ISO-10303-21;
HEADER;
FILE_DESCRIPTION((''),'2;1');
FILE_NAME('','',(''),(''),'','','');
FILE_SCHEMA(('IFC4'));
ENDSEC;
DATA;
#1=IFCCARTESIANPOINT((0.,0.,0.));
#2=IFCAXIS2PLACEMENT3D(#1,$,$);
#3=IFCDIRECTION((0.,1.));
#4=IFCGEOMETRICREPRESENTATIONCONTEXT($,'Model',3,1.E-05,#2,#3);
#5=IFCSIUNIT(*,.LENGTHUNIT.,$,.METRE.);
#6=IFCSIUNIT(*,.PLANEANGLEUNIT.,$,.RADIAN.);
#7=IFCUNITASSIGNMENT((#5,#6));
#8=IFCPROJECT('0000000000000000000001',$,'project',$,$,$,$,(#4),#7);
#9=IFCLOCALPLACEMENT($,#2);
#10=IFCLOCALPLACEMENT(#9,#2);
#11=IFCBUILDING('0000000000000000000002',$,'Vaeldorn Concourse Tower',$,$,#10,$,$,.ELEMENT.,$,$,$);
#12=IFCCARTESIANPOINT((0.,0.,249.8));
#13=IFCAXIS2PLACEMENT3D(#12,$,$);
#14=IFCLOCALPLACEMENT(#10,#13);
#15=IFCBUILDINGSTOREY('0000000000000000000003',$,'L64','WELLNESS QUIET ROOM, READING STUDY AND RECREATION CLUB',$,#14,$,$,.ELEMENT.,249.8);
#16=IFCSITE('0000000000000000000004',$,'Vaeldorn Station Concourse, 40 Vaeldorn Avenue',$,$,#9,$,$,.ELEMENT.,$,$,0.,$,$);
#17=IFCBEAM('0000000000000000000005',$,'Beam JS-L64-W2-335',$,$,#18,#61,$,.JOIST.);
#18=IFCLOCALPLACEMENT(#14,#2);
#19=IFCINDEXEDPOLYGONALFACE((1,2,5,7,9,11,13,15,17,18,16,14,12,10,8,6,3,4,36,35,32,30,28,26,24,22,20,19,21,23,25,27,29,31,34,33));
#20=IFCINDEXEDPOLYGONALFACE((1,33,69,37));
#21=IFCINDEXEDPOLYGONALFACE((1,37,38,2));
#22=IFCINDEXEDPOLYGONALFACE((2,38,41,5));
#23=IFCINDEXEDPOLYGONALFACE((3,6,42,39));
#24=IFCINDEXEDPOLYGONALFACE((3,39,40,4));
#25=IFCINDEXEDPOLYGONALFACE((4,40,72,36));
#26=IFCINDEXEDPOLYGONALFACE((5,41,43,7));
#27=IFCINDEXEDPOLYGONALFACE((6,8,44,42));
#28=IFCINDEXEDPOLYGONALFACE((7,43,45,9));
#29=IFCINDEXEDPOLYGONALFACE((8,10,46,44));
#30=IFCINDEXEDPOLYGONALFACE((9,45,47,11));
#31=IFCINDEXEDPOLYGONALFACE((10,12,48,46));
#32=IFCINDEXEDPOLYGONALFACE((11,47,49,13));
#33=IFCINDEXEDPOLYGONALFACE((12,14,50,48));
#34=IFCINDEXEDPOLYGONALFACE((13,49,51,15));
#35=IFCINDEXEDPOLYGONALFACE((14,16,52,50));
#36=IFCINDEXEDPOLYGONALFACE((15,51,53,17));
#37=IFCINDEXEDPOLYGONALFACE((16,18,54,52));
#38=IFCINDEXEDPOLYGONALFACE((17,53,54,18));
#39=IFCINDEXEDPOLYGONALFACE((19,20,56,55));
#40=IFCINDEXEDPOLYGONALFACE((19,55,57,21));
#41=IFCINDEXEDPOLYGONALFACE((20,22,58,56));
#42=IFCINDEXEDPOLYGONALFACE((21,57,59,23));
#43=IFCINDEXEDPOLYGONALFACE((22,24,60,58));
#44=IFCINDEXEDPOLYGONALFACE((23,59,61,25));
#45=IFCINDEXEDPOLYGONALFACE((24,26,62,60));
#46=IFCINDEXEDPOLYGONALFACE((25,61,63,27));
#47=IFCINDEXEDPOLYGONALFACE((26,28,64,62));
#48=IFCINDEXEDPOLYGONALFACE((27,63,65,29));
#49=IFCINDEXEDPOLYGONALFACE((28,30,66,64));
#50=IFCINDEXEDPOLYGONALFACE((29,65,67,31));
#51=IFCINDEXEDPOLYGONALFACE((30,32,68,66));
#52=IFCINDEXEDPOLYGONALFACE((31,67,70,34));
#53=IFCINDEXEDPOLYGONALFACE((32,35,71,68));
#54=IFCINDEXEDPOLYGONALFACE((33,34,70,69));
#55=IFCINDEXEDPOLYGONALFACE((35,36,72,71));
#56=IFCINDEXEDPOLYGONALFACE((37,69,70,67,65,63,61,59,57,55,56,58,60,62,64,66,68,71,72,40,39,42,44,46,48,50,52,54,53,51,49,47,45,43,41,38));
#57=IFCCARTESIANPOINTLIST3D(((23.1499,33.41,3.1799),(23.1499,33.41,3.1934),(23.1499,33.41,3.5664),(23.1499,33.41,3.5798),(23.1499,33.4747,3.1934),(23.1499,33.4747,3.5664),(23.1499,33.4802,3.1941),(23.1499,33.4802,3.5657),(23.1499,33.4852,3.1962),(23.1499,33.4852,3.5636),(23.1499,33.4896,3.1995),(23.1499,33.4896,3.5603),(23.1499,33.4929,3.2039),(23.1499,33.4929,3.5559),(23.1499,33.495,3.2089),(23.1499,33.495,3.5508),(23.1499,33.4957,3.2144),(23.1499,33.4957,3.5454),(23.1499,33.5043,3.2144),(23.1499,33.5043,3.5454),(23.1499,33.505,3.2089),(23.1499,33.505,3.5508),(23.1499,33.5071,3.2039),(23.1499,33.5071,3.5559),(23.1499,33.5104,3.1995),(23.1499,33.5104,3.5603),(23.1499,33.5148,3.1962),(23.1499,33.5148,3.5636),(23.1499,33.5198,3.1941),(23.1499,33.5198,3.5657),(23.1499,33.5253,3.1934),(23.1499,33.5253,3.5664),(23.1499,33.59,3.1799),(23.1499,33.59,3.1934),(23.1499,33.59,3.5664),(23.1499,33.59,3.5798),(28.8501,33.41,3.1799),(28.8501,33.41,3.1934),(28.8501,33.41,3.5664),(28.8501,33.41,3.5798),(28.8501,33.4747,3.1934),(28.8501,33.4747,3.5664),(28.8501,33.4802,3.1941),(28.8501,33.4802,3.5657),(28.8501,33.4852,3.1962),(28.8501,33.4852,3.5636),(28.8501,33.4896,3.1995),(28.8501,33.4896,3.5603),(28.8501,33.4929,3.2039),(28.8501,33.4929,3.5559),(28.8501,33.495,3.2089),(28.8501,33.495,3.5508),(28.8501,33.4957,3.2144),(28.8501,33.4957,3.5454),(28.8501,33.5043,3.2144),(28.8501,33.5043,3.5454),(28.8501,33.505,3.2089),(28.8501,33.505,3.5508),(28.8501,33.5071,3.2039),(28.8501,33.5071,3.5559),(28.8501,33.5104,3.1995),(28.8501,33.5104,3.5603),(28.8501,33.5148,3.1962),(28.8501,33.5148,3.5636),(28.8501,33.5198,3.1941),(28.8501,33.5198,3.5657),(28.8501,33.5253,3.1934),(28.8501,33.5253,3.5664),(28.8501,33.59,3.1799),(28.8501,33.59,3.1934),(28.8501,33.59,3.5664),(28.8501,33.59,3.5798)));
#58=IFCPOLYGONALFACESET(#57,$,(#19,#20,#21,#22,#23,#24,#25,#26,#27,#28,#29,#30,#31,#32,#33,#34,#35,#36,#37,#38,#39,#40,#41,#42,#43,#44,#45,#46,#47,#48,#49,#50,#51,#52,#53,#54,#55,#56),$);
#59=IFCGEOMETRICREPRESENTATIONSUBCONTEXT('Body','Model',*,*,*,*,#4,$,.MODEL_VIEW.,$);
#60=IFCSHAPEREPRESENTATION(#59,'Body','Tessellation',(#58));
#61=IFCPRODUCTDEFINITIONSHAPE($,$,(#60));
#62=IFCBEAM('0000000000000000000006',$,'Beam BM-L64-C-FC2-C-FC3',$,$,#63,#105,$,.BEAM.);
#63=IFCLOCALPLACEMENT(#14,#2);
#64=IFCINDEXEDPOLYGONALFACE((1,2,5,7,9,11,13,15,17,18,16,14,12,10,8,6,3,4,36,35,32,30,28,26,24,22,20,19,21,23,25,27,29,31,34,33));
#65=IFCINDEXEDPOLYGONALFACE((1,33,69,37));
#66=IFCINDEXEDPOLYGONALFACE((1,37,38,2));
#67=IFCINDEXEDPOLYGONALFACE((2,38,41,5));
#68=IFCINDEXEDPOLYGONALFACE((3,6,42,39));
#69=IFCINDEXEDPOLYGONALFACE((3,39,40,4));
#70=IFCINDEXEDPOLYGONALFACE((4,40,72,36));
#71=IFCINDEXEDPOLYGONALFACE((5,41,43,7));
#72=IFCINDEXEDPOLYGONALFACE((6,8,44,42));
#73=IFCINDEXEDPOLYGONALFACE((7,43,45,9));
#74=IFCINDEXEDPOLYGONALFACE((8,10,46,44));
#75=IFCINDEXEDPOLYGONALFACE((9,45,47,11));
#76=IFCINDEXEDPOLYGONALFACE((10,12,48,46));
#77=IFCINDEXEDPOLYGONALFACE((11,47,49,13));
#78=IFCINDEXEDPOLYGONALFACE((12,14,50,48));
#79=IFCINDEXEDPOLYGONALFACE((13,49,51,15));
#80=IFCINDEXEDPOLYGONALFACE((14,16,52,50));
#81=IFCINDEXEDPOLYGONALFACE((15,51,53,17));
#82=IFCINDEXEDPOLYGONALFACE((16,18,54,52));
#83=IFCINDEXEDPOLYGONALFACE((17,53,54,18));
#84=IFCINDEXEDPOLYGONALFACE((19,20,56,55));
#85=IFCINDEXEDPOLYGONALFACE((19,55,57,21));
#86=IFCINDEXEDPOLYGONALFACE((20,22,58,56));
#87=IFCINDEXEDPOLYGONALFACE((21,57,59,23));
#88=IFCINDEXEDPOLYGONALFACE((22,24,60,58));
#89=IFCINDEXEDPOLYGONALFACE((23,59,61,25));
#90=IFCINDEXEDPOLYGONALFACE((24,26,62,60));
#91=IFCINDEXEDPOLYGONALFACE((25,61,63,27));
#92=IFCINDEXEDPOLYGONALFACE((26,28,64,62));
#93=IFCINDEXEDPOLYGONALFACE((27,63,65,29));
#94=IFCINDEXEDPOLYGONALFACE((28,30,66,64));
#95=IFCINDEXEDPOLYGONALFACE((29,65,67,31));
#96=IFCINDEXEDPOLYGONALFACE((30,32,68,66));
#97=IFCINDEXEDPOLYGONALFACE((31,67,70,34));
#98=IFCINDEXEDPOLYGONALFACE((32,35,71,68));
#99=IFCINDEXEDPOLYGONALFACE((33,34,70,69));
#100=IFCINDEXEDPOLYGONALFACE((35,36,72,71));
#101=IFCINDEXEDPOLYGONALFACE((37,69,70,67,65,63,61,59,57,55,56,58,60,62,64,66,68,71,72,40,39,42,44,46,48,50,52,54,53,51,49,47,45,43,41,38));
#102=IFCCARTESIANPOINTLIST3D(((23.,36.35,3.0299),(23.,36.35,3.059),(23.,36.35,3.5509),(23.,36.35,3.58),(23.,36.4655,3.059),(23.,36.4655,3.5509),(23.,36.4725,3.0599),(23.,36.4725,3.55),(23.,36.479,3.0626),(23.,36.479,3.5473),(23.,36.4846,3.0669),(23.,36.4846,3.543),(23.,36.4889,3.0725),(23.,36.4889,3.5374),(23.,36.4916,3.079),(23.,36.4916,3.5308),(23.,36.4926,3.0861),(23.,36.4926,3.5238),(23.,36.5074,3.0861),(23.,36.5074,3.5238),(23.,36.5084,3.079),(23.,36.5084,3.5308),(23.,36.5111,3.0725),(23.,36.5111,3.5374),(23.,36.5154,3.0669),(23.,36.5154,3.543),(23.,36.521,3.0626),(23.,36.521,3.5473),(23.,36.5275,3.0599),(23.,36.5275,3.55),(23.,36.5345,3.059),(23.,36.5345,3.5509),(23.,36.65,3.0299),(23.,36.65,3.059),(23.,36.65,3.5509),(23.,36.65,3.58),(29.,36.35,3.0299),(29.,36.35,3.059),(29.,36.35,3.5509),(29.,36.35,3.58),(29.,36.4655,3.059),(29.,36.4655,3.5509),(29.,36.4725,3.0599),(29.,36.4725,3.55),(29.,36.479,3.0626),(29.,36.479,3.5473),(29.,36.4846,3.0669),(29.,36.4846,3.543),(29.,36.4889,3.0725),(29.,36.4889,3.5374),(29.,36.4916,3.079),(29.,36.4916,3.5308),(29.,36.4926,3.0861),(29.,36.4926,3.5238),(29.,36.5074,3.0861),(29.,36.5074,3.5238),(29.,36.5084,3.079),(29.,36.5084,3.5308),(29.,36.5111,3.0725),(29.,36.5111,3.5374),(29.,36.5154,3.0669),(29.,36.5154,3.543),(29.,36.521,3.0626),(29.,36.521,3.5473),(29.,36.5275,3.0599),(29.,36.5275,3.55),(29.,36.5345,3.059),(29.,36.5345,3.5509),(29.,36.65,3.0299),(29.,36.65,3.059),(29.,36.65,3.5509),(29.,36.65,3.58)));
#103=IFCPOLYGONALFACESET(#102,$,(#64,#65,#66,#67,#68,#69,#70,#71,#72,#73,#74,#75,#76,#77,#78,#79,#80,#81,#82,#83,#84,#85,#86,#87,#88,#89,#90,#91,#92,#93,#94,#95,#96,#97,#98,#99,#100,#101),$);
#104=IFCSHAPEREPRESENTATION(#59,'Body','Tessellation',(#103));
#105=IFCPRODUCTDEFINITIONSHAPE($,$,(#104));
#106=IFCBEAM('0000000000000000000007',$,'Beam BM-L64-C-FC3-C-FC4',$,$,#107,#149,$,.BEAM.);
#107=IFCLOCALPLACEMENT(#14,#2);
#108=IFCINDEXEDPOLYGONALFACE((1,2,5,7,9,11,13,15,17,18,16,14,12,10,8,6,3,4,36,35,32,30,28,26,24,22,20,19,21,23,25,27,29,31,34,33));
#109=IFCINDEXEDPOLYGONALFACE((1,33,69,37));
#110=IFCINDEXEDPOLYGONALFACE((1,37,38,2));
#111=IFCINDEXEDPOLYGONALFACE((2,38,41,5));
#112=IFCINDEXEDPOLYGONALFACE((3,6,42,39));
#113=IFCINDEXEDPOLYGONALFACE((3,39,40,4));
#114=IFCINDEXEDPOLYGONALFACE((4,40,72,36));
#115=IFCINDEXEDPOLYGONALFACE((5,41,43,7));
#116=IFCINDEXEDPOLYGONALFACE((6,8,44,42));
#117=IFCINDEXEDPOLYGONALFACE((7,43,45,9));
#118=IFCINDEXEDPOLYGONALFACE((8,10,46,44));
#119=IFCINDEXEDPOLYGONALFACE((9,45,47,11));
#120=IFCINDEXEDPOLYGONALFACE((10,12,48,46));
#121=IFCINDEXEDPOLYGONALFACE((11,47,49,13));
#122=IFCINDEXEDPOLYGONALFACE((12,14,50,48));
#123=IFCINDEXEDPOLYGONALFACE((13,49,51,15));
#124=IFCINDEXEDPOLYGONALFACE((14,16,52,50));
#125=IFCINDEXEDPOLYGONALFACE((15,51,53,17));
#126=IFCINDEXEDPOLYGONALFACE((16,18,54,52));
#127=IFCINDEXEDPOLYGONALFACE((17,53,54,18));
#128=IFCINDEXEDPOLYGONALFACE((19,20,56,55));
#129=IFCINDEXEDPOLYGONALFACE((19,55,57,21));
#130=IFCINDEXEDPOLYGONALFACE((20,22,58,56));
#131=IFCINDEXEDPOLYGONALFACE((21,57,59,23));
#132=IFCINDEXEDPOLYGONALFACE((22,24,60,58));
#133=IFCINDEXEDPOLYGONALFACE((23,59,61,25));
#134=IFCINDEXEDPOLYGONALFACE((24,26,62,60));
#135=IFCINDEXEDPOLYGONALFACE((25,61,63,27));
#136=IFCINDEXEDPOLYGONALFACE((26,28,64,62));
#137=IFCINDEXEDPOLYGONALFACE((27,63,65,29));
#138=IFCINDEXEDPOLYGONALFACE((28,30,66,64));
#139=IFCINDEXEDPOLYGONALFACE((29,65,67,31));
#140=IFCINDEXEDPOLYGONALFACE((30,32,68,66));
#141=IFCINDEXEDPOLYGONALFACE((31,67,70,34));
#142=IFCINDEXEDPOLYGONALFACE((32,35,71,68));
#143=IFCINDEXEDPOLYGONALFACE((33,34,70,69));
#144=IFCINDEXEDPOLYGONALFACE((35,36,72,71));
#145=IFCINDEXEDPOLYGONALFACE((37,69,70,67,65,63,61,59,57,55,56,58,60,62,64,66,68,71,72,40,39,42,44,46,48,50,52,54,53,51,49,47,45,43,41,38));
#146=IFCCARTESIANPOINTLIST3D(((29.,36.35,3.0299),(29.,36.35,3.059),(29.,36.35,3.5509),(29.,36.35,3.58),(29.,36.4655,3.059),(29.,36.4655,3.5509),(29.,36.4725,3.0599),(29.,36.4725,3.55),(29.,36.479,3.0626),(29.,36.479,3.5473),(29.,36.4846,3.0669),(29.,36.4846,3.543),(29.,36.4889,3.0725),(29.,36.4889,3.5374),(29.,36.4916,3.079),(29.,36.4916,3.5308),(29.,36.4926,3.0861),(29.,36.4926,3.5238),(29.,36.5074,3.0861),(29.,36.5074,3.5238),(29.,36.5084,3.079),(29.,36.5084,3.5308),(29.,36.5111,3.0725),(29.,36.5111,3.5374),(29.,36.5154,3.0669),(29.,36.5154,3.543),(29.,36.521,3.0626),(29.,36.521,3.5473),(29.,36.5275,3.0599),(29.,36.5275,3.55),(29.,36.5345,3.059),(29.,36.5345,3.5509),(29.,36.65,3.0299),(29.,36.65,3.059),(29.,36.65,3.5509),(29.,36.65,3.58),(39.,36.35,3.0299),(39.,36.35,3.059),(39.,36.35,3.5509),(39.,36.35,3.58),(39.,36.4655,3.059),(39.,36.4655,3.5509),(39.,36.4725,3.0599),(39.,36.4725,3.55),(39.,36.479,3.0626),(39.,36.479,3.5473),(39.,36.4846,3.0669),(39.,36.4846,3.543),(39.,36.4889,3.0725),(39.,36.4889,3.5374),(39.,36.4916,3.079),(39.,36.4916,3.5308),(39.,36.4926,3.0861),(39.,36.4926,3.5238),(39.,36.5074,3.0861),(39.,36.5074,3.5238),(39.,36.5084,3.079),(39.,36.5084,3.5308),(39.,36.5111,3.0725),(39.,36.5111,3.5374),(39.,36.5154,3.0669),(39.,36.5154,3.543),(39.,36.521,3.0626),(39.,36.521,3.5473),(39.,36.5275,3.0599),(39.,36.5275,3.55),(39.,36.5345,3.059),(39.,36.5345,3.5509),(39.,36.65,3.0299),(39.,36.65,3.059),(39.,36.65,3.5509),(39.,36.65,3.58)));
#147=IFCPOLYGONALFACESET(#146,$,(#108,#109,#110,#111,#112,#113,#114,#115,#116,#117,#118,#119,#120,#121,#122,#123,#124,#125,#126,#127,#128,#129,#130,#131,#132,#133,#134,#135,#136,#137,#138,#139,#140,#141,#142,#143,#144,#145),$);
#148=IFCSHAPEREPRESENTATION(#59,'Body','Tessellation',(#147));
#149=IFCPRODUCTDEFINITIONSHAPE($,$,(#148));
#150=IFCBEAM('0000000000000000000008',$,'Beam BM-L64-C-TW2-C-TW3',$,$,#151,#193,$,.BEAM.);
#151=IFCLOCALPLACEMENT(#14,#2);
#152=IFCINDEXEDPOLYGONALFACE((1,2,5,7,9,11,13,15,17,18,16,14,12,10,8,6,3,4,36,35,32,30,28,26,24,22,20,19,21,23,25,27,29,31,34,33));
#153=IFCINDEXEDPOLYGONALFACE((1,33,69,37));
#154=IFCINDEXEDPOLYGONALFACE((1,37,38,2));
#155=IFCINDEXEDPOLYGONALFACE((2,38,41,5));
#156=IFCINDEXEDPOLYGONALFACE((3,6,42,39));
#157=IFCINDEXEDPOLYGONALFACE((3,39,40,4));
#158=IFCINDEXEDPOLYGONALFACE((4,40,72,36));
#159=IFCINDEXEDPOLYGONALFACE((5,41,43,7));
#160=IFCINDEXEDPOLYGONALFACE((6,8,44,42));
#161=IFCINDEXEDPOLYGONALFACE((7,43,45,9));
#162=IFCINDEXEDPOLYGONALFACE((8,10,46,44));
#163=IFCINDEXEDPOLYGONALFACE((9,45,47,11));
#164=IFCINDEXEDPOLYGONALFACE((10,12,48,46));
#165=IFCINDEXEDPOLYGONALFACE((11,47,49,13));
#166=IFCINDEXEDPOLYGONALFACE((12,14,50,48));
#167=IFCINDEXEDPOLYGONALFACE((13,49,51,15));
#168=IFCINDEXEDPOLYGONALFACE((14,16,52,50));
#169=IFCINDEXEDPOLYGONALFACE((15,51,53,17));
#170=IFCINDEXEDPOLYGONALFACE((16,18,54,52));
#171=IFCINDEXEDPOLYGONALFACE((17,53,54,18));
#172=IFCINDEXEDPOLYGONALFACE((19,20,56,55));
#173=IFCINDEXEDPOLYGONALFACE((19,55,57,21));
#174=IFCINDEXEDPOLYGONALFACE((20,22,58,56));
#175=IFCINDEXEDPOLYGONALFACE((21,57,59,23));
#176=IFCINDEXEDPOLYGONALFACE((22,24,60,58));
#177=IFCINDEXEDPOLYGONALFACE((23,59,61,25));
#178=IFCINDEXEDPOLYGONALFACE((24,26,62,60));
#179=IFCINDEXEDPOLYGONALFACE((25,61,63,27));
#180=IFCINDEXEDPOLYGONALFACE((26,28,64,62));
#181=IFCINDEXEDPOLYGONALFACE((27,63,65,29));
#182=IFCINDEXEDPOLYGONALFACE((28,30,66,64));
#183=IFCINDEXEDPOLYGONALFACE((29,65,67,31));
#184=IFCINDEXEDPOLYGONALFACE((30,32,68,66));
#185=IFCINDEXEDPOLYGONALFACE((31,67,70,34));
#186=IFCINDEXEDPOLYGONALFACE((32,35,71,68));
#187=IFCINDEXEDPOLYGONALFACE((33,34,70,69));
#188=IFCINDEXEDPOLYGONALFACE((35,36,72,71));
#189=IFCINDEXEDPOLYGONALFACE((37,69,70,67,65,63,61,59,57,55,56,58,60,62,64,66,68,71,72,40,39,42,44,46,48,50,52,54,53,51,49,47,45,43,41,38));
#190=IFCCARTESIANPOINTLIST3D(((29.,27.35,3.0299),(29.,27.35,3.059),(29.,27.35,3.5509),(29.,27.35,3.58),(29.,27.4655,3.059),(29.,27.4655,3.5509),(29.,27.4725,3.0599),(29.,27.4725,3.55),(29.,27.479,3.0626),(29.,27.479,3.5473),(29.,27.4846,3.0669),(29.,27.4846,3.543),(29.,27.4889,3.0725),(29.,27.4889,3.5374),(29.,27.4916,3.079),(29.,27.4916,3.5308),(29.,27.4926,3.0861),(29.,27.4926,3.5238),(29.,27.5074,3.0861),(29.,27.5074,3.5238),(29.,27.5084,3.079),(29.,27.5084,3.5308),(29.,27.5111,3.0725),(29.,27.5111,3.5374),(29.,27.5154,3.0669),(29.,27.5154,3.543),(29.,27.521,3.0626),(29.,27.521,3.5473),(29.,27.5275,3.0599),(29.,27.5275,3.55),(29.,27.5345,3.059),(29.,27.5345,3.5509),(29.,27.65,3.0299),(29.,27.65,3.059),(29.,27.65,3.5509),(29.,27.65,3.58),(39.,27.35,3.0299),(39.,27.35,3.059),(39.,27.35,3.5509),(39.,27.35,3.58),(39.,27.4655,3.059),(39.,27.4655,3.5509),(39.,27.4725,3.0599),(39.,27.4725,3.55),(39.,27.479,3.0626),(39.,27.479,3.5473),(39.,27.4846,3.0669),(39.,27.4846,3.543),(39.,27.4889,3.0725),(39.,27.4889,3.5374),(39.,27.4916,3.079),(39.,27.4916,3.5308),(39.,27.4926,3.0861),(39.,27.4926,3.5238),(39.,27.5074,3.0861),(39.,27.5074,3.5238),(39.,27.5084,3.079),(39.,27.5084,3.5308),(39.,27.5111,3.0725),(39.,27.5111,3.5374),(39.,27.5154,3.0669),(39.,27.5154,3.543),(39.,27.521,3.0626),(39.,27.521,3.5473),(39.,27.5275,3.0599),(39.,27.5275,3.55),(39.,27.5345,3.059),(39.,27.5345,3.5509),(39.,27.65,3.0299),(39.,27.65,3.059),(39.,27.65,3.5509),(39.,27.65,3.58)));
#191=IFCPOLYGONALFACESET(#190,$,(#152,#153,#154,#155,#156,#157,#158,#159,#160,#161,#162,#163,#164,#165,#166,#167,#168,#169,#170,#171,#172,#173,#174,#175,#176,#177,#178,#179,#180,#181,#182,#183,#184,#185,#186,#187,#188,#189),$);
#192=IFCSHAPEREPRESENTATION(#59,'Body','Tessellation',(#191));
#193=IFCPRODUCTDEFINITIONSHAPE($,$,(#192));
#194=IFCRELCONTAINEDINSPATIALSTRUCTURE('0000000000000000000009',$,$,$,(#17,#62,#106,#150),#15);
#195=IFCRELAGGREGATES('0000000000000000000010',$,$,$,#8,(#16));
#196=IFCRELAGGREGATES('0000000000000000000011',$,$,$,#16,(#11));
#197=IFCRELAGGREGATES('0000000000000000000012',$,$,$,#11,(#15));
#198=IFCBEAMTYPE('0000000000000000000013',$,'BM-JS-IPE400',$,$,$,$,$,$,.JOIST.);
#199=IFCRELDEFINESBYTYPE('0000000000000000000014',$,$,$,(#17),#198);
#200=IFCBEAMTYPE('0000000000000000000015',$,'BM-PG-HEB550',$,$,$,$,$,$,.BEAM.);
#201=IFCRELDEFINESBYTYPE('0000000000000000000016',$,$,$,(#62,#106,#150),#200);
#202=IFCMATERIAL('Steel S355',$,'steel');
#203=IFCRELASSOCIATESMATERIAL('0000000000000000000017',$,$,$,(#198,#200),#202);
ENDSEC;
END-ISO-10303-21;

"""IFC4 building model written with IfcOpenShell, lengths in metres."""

from ifc_helpers import new_model, si_unit, direction, frame, origin, origin_2d, place, context, subcontext, project, spatial, i_section, extrude, source, transform, mapped, material, material_profile, profile_set, type_object, element, save


model = new_model("IFC4")

# Units and contexts
model_context = context("Model", 3, precision=1e-05, world=origin(), true_north=direction((0.0, 1.0)))
body_context = subcontext(model_context, "Body", "Model", "MODEL_VIEW")
ifc_project = project(units=[si_unit("LENGTHUNIT", "METRE"), si_unit("PLANEANGLEUNIT", "RADIAN")], contexts=[model_context])

# Site, building, storey
site_placement = place(None, origin())
site = spatial("IfcSite", under=ifc_project, at=site_placement, Name="Vaeldorn Station Concourse, 40 Vaeldorn Avenue", CompositionType="ELEMENT", RefElevation=0.0)
building_placement = place(site_placement, origin())
building = spatial("IfcBuilding", under=site, at=building_placement, Name="Vaeldorn Concourse Tower", CompositionType="ELEMENT")
storey_placement = place(building_placement, frame((0.0, 0.0, 249.8)))
storey = spatial("IfcBuildingStorey", under=building, at=storey_placement, Name="L64", Description="WELLNESS QUIET ROOM, READING STUDY AND RECREATION CLUB", CompositionType="ELEMENT", Elevation=249.8)

# Shared definitions
ifc_material_1 = material(Name="Steel S355", Category="steel")

# Beams
ifc_material_profile_1 = material_profile(ifc_material_1, i_section(OverallWidth=0.1799, OverallDepth=0.3999, WebThickness=0.0085, FlangeThickness=0.0134, FilletRadius=0.021, at=origin_2d()), Name="IPE 400")
ifc_profile_set_1 = profile_set([ifc_material_profile_1], Name="Steel S355")
beam_type_1 = type_object("IfcBeamType", Name="BM-JS-IPE400", PredefinedType="JOIST", material=ifc_profile_set_1)
shared_shape_1 = source(origin(), body_context, "Body", "SweptSolid", [
    extrude(i_section(OverallWidth=0.1799, OverallDepth=0.3999, WebThickness=0.0085, FlangeThickness=0.0134, FilletRadius=0.021, at=origin_2d()), origin(), (0.0, 0.0, 1.0), 5.7002),
])
for number, where, z_axis, x_axis, name in (
    (1, (23.1499, 33.5, 3.3799), (1.0, 0.0, 0.0), (0.0, 1.0, 0.0), "Beam JS-L64-W2-335"),
):
    element("IfcBeam", number, at=place(storey_placement, frame(where, z_axis=z_axis, x_axis=x_axis)), inside=storey, type_object=beam_type_1, Name=name, PredefinedType="JOIST", context=body_context, shape_type="MappedRepresentation", body=[
        mapped(shared_shape_1, transform((0.0, 0.0, 0.0), scale=1.0)),
    ])
ifc_material_profile_2 = material_profile(ifc_material_1, i_section(OverallWidth=0.3, OverallDepth=0.55, WebThickness=0.0149, FlangeThickness=0.0291, FilletRadius=0.0271, at=origin_2d()), Name="HEB 550")
ifc_profile_set_2 = profile_set([ifc_material_profile_2], Name="Steel S355")
beam_type_2 = type_object("IfcBeamType", Name="BM-PG-HEB550", PredefinedType="BEAM", material=ifc_profile_set_2)
shared_shape_2 = source(origin(), body_context, "Body", "SweptSolid", [
    extrude(i_section(OverallWidth=0.3, OverallDepth=0.55, WebThickness=0.0149, FlangeThickness=0.0291, FilletRadius=0.0271, at=origin_2d()), origin(), (0.0, 0.0, 1.0), 6.0),
])
beam_1_placement = place(storey_placement, frame((23.0, 36.5, 3.3049), z_axis=(1.0, 0.0, 0.0), x_axis=(0.0, 1.0, 0.0)))
element("IfcBeam", 2, at=beam_1_placement, inside=storey, type_object=beam_type_2, Name="Beam BM-L64-C-FC2-C-FC3", PredefinedType="BEAM", context=body_context, shape_type="MappedRepresentation", body=[
    mapped(shared_shape_2, transform((0.0, 0.0, 0.0), scale=1.0)),
])
shared_shape_3 = source(origin(), body_context, "Body", "SweptSolid", [
    extrude(i_section(OverallWidth=0.3, OverallDepth=0.55, WebThickness=0.0149, FlangeThickness=0.0291, FilletRadius=0.0271, at=origin_2d()), origin(), (0.0, 0.0, 1.0), 10.0),
])
for number, where, z_axis, x_axis, name in (
    (3, (29.0, 36.5, 3.3049), (1.0, 0.0, 0.0), (0.0, 1.0, 0.0), "Beam BM-L64-C-FC3-C-FC4"),
    (4, (29.0, 27.5, 3.3049), (1.0, 0.0, 0.0), (0.0, 1.0, 0.0), "Beam BM-L64-C-TW2-C-TW3"),
):
    element("IfcBeam", number, at=place(storey_placement, frame(where, z_axis=z_axis, x_axis=x_axis)), inside=storey, type_object=beam_type_2, Name=name, PredefinedType="BEAM", context=body_context, shape_type="MappedRepresentation", body=[
        mapped(shared_shape_3, transform((0.0, 0.0, 0.0), scale=1.0)),
    ])

save(model, "model.ifc")
